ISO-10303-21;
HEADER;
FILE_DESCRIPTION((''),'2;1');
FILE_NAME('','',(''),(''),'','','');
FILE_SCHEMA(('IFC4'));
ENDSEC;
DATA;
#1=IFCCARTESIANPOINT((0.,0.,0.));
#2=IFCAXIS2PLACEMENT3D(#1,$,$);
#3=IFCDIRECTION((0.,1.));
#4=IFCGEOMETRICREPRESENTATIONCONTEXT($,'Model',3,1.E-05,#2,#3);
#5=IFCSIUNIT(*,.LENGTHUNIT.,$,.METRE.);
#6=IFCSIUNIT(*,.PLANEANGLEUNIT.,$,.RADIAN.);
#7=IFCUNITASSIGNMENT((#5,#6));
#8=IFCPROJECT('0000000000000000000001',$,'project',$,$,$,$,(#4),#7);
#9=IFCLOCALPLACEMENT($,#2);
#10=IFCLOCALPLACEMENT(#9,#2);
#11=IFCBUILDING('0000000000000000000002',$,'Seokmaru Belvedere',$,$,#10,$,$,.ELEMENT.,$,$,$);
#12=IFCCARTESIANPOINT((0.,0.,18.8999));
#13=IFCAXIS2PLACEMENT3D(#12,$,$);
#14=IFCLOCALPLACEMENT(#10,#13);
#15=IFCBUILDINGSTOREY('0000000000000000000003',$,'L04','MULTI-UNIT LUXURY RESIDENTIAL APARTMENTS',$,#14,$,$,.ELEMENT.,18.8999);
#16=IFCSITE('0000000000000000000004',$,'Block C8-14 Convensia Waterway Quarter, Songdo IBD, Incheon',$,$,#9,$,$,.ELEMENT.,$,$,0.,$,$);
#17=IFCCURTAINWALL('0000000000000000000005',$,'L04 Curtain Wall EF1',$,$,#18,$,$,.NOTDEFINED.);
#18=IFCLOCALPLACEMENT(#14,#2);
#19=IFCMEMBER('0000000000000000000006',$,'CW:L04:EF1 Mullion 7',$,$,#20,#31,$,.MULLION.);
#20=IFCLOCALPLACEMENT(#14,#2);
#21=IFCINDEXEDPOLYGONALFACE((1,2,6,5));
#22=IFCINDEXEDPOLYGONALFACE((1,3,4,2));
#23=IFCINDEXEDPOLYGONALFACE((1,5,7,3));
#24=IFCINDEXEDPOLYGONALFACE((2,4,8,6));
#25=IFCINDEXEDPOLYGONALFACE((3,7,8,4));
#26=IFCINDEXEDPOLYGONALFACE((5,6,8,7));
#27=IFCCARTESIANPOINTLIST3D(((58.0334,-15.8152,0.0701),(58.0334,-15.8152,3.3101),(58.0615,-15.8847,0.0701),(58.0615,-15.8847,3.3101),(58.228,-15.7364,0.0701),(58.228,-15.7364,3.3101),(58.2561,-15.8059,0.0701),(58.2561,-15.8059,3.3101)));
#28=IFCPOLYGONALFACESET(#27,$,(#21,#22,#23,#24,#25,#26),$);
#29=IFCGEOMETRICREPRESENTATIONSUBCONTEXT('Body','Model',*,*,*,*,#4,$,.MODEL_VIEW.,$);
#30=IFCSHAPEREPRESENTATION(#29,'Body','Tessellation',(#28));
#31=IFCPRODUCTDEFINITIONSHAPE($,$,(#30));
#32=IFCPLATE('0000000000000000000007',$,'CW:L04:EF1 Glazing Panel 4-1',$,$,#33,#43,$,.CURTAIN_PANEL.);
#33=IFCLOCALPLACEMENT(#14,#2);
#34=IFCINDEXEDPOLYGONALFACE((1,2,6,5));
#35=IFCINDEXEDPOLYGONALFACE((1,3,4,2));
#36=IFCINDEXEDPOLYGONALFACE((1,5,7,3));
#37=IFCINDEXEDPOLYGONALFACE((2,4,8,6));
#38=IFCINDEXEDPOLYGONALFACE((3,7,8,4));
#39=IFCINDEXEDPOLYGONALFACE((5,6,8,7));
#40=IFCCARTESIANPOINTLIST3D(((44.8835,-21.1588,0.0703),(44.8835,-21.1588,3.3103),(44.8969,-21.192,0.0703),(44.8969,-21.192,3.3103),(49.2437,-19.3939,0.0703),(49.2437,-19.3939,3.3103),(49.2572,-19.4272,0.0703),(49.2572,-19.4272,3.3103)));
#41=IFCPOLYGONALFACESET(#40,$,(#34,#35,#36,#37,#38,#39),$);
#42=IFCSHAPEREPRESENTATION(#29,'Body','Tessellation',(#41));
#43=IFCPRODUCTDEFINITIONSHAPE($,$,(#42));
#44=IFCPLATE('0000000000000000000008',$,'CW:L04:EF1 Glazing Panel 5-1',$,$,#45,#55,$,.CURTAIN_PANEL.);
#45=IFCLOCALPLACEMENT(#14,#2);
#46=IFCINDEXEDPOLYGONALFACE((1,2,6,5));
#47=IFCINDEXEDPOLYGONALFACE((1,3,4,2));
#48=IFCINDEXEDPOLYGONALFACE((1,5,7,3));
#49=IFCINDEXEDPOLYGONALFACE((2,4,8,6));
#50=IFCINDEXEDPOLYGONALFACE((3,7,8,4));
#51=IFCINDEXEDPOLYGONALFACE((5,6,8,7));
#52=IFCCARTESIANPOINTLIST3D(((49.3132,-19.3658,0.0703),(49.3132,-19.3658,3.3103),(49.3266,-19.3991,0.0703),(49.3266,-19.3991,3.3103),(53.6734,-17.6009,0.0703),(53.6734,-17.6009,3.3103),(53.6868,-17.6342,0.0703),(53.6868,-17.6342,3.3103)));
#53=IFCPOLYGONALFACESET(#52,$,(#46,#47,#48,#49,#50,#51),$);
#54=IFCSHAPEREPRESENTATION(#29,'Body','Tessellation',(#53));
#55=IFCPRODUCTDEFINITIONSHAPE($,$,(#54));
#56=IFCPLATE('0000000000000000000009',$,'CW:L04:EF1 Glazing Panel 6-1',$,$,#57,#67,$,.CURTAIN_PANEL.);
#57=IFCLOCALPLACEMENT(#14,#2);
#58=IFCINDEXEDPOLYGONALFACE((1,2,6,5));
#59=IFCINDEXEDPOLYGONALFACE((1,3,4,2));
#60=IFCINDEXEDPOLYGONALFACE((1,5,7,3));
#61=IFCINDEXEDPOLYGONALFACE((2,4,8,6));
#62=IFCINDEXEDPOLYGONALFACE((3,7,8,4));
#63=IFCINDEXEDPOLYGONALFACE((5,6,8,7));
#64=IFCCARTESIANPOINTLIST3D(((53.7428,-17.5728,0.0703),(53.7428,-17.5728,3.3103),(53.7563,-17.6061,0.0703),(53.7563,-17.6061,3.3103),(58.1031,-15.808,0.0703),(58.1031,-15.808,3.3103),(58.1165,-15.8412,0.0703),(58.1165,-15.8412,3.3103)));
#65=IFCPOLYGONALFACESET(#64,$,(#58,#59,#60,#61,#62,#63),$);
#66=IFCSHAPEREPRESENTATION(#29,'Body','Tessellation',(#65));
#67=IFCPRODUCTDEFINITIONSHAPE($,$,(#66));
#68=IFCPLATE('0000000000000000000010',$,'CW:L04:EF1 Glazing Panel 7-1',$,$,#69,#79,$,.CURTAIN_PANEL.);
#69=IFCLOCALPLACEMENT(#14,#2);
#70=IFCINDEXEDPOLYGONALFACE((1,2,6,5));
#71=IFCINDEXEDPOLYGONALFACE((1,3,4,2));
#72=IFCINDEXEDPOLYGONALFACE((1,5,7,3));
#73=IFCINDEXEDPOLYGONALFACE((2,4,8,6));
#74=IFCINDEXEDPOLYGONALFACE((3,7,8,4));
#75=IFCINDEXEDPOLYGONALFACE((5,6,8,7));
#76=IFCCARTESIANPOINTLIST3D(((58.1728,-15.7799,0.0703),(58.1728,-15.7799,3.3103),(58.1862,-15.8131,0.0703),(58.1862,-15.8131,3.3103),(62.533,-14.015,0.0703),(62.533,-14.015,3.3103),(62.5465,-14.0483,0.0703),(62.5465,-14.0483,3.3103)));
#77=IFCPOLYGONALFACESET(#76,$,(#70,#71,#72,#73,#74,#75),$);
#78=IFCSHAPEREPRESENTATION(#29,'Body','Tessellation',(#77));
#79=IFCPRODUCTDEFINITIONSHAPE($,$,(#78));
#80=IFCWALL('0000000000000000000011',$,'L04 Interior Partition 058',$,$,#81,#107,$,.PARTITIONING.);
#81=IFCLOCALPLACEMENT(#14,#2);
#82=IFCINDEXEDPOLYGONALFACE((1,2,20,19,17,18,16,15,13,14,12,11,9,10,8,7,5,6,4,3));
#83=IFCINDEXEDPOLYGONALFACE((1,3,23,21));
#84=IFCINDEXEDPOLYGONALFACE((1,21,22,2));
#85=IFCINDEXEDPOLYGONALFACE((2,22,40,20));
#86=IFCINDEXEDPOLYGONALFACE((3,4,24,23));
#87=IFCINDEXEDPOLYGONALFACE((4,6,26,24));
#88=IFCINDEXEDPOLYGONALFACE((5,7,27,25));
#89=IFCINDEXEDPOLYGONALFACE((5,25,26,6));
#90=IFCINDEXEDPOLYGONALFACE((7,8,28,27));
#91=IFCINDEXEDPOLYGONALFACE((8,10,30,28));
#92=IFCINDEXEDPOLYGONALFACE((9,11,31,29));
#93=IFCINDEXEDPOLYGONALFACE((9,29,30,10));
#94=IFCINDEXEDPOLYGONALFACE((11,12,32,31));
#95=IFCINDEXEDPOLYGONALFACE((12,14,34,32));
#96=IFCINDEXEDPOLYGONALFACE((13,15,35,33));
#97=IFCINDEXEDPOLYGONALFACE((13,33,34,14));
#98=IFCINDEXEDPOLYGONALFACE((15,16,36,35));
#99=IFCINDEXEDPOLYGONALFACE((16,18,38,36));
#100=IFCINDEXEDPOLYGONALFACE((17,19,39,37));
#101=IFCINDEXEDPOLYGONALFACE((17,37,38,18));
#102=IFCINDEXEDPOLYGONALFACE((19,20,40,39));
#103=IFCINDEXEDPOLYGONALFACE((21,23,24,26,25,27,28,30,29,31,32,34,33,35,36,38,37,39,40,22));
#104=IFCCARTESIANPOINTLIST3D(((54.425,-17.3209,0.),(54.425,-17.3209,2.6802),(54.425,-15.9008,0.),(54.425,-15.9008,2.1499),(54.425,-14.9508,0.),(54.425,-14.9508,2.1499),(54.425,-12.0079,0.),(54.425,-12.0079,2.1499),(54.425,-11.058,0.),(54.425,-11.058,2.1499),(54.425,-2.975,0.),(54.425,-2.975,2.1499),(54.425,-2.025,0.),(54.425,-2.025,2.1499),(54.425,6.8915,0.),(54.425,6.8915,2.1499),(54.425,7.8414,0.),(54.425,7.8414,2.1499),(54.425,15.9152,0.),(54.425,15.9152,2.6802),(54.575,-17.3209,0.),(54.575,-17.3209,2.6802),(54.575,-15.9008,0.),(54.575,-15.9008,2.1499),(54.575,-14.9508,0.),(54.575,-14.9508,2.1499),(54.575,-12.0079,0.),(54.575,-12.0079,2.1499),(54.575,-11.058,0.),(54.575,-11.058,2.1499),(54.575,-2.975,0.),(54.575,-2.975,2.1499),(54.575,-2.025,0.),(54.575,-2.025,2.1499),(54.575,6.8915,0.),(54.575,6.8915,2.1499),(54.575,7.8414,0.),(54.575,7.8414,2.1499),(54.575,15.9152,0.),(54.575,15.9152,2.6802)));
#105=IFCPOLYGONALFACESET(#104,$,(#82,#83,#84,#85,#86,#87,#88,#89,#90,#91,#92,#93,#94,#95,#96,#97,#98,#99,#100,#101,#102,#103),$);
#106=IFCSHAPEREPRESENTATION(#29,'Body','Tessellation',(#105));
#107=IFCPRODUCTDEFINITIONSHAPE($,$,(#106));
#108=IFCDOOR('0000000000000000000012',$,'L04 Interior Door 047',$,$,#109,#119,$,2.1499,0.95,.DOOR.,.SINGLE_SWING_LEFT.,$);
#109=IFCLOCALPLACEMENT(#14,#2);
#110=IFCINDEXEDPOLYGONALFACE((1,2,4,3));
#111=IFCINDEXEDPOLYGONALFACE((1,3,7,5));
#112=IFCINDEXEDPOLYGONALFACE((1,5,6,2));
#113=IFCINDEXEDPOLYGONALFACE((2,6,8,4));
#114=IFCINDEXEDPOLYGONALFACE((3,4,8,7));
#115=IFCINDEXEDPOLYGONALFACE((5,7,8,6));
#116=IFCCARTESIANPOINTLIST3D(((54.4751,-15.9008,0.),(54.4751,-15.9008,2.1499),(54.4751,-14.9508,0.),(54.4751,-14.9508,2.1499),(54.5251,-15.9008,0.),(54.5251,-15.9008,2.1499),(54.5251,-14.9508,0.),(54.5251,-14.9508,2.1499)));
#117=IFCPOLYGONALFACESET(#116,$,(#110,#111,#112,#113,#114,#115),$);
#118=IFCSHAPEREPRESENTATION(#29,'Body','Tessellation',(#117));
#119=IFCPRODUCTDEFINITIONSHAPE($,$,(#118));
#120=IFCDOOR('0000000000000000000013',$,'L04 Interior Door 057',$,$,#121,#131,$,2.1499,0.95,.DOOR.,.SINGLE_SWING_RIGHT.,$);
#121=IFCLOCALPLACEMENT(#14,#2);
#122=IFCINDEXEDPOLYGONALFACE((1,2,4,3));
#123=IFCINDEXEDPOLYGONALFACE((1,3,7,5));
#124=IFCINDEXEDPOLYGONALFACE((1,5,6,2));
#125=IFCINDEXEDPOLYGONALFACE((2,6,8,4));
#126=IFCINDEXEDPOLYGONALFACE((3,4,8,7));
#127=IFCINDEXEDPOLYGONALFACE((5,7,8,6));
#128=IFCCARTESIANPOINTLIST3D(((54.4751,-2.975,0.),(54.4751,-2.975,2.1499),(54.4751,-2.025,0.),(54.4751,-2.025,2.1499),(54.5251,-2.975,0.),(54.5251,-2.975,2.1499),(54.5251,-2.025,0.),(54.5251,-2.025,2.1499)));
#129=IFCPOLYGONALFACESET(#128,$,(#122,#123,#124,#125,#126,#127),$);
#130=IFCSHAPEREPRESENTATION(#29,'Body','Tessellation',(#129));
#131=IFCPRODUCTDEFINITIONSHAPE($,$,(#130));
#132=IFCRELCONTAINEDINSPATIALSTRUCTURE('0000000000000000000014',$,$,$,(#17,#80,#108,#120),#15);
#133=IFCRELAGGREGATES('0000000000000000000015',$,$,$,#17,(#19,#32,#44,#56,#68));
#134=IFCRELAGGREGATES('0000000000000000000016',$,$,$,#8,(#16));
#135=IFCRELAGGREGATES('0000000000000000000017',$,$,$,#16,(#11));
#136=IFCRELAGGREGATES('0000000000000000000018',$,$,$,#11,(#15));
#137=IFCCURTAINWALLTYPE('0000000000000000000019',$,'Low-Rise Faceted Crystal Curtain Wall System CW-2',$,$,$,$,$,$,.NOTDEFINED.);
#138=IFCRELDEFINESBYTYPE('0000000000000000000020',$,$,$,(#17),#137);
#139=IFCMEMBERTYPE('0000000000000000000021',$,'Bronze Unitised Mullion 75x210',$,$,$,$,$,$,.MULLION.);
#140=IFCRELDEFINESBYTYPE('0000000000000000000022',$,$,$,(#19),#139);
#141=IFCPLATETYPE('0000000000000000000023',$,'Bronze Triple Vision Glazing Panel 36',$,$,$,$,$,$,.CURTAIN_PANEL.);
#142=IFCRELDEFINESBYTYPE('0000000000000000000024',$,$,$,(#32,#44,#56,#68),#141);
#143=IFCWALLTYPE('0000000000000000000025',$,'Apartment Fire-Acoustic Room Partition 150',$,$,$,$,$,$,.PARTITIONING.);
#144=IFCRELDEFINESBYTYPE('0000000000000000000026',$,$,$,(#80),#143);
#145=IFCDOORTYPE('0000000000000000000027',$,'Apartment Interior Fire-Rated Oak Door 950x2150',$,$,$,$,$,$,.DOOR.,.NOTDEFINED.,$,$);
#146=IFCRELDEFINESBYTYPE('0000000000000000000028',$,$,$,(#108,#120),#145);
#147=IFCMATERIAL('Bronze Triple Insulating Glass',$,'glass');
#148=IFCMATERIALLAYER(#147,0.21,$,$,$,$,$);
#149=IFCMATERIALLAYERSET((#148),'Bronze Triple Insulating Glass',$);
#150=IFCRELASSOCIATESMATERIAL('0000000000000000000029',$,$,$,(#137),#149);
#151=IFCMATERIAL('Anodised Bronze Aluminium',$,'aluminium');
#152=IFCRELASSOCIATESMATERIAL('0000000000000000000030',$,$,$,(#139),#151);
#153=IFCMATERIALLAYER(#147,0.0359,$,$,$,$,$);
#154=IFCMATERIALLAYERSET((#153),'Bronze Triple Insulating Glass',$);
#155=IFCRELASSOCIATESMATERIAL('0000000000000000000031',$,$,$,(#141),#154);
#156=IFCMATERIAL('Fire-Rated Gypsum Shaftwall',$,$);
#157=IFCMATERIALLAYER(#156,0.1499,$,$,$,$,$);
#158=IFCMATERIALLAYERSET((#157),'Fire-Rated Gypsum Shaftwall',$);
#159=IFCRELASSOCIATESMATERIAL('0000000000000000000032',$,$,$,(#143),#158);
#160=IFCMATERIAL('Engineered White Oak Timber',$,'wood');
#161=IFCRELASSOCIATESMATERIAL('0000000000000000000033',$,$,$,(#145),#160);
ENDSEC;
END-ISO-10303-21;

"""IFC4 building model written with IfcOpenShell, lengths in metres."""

from ifc_helpers import new_model, si_unit, direction, frame, frame_2d, origin, origin_2d, place, context, subcontext, project, spatial, rectangle, extrude, source, transform, mapped, material, layer, layer_set, material_profile, profile_set, type_object, type_shapes, element, fill, aggregate, save


model = new_model("IFC4")

# Units and contexts
model_context = context("Model", 3, precision=1e-05, world=origin(), true_north=direction((0.0, 1.0)))
body_context = subcontext(model_context, "Body", "Model", "MODEL_VIEW")
ifc_project = project(units=[si_unit("LENGTHUNIT", "METRE"), si_unit("PLANEANGLEUNIT", "RADIAN")], contexts=[model_context])

# Site, building, storey
site_placement = place(None, origin())
site = spatial("IfcSite", under=ifc_project, at=site_placement, Name="Block C8-14 Convensia Waterway Quarter, Songdo IBD, Incheon", CompositionType="ELEMENT", RefElevation=0.0)
building_placement = place(site_placement, origin())
building = spatial("IfcBuilding", under=site, at=building_placement, Name="Seokmaru Belvedere", CompositionType="ELEMENT")
storey_placement = place(building_placement, frame((0.0, 0.0, 18.8999)))
storey = spatial("IfcBuildingStorey", under=building, at=storey_placement, Name="L04", Description="MULTI-UNIT LUXURY RESIDENTIAL APARTMENTS", CompositionType="ELEMENT", Elevation=18.8999)

# Curtain wall, member, plates
ifc_material_1 = material(Name="Bronze Triple Insulating Glass", Category="glass")
ifc_layer_1 = layer(ifc_material_1, 0.21)
ifc_layer_set_1 = layer_set([ifc_layer_1], Name="Bronze Triple Insulating Glass")
curtain_wall_type = type_object("IfcCurtainWallType", Name="Low-Rise Faceted Crystal Curtain Wall System CW-2", PredefinedType="NOTDEFINED", material=ifc_layer_set_1)
curtain_wall_placement = place(storey_placement, origin())
curtain_wall = element("IfcCurtainWall", 1, at=curtain_wall_placement, inside=storey, type_object=curtain_wall_type, Name="L04 Curtain Wall EF1", PredefinedType="NOTDEFINED")
ifc_material_2 = material(Name="Anodised Bronze Aluminium", Category="aluminium")
ifc_material_profile_1 = material_profile(ifc_material_2, rectangle(XDim=0.075, YDim=0.21, at=origin_2d()), Name="CW-M-75x210")
ifc_profile_set_1 = profile_set([ifc_material_profile_1], Name="Anodised Bronze Aluminium")
member_type = type_object("IfcMemberType", Name="Bronze Unitised Mullion 75x210", PredefinedType="MULLION", material=ifc_profile_set_1)
shared_shape_1 = source(origin(), body_context, "Body", "SweptSolid", [
    extrude(rectangle(XDim=0.075, YDim=0.21, at=origin_2d()), origin(), (0.0, 0.0, 1.0), 3.24),
])
type_shapes(member_type, [shared_shape_1])
member_1_placement = place(storey_placement, frame((58.1448, -15.8105, 0.0701), z_axis=(0.0, 0.0, 1.0), x_axis=(-0.375192, 0.926947, 0.0)))
member_1 = element("IfcMember", 2, at=member_1_placement, type_object=member_type, Name="CW:L04:EF1 Mullion 7", PredefinedType="MULLION", context=body_context, shape_type="MappedRepresentation", body=[
    mapped(shared_shape_1, transform((0.0, 0.0, 0.0), scale=1.0)),
])
ifc_layer_2 = layer(ifc_material_1, 0.0359)
ifc_layer_set_2 = layer_set([ifc_layer_2], Name="Bronze Triple Insulating Glass")
plate_type = type_object("IfcPlateType", Name="Bronze Triple Vision Glazing Panel 36", PredefinedType="CURTAIN_PANEL", material=ifc_layer_set_2)
shared_shape_2 = source(origin(), body_context, "Body", "SweptSolid", [
    extrude(rectangle(XDim=4.7039, YDim=0.0359, at=origin_2d()), origin(), (0.0, 0.0, 1.0), 3.24),
])
type_shapes(plate_type, [shared_shape_2])
plate_1_placement = place(storey_placement, frame((47.0703, -20.293, 0.0703), z_axis=(0.0, 0.0, 1.0), x_axis=(0.926947, 0.375192, 0.0)))
plate_1 = element("IfcPlate", 3, at=plate_1_placement, type_object=plate_type, Name="CW:L04:EF1 Glazing Panel 4-1", PredefinedType="CURTAIN_PANEL", context=body_context, shape_type="MappedRepresentation", body=[
    mapped(shared_shape_2, transform((0.0, 0.0, 0.0), scale=1.0)),
])
plate_2_placement = place(storey_placement, frame((51.5, -18.5, 0.0703), z_axis=(0.0, 0.0, 1.0), x_axis=(0.926947, 0.375192, 0.0)))
plate_2 = element("IfcPlate", 4, at=plate_2_placement, type_object=plate_type, Name="CW:L04:EF1 Glazing Panel 5-1", PredefinedType="CURTAIN_PANEL", context=body_context, shape_type="MappedRepresentation", body=[
    mapped(shared_shape_2, transform((0.0, 0.0, 0.0), scale=1.0)),
])
plate_3_placement = place(storey_placement, frame((55.9297, -16.707, 0.0703), z_axis=(0.0, 0.0, 1.0), x_axis=(0.926947, 0.375192, 0.0)))
plate_3 = element("IfcPlate", 5, at=plate_3_placement, type_object=plate_type, Name="CW:L04:EF1 Glazing Panel 6-1", PredefinedType="CURTAIN_PANEL", context=body_context, shape_type="MappedRepresentation", body=[
    mapped(shared_shape_2, transform((0.0, 0.0, 0.0), scale=1.0)),
])
plate_4_placement = place(storey_placement, frame((60.3596, -14.9141, 0.0703), z_axis=(0.0, 0.0, 1.0), x_axis=(0.926947, 0.375192, 0.0)))
plate_4 = element("IfcPlate", 6, at=plate_4_placement, type_object=plate_type, Name="CW:L04:EF1 Glazing Panel 7-1", PredefinedType="CURTAIN_PANEL", context=body_context, shape_type="MappedRepresentation", body=[
    mapped(shared_shape_2, transform((0.0, 0.0, 0.0), scale=1.0)),
])
aggregate(curtain_wall, [member_1, plate_1, plate_2, plate_3, plate_4])

# Wall, openings, doors
ifc_material_3 = material(Name="Fire-Rated Gypsum Shaftwall")
ifc_layer_3 = layer(ifc_material_3, 0.1499)
ifc_layer_set_3 = layer_set([ifc_layer_3], Name="Fire-Rated Gypsum Shaftwall")
wall_type = type_object("IfcWallType", Name="Apartment Fire-Acoustic Room Partition 150", PredefinedType="PARTITIONING", material=ifc_layer_set_3)
wall_1_placement = place(storey_placement, frame((54.5, -17.321, 0.0), z_axis=(0.0, 0.0, 1.0), x_axis=(0.0, 1.0, 0.0)))
wall_1 = element("IfcWall", 7, at=wall_1_placement, inside=storey, type_object=wall_type, Name="L04 Interior Partition 058", PredefinedType="PARTITIONING", context=body_context, shape_type="SweptSolid", body=[
    extrude(rectangle(XDim=33.2361, YDim=0.1499, at=frame_2d((16.6182, 0.0))), origin(), (0.0, 0.0, 1.0), 2.6802),
])
opening_1_placement = place(wall_1_placement, frame((1.4202, 0.0, 0.0)))
opening_1 = element("IfcOpeningElement", 8, at=opening_1_placement, cuts=wall_1, PredefinedType="OPENING", context=body_context, shape_type="SweptSolid", body=[
    extrude(rectangle(XDim=0.95, YDim=2.1499, at=frame_2d((0.4751, 1.075))), frame((0.0, 0.085, 0.0), z_axis=(0.0, -1.0, 0.0), x_axis=(1.0, 0.0, 0.0)), (0.0, 0.0, 1.0), 0.1699),
])
opening_2_placement = place(wall_1_placement, frame((5.313, 0.0, 0.0)))
element("IfcOpeningElement", 9, at=opening_2_placement, cuts=wall_1, PredefinedType="OPENING", context=body_context, shape_type="SweptSolid", body=[
    extrude(rectangle(XDim=0.95, YDim=2.1499, at=frame_2d((0.4751, 1.075))), frame((0.0, 0.085, 0.0), z_axis=(0.0, -1.0, 0.0), x_axis=(1.0, 0.0, 0.0)), (0.0, 0.0, 1.0), 0.1699),
])
opening_3_placement = place(wall_1_placement, frame((14.3459, 0.0, 0.0)))
opening_3 = element("IfcOpeningElement", 10, at=opening_3_placement, cuts=wall_1, PredefinedType="OPENING", context=body_context, shape_type="SweptSolid", body=[
    extrude(rectangle(XDim=0.95, YDim=2.1499, at=frame_2d((0.4751, 1.075))), frame((0.0, 0.085, 0.0), z_axis=(0.0, -1.0, 0.0), x_axis=(1.0, 0.0, 0.0)), (0.0, 0.0, 1.0), 0.1699),
])
opening_4_placement = place(wall_1_placement, frame((24.2124, 0.0, 0.0)))
element("IfcOpeningElement", 11, at=opening_4_placement, cuts=wall_1, PredefinedType="OPENING", context=body_context, shape_type="SweptSolid", body=[
    extrude(rectangle(XDim=0.95, YDim=2.1499, at=frame_2d((0.4751, 1.075))), frame((0.0, 0.085, 0.0), z_axis=(0.0, -1.0, 0.0), x_axis=(1.0, 0.0, 0.0)), (0.0, 0.0, 1.0), 0.1699),
])
ifc_material_4 = material(Name="Engineered White Oak Timber", Category="wood")
door_type = type_object("IfcDoorType", Name="Apartment Interior Fire-Rated Oak Door 950x2150", OperationType="NOTDEFINED", PredefinedType="DOOR", material=ifc_material_4)
shared_shape_3 = source(origin(), body_context, "Body", "SweptSolid", [
    extrude(rectangle(XDim=0.95, YDim=2.1499, at=frame_2d((0.4751, 1.075))), frame((0.0, 0.0249, 0.0), z_axis=(0.0, -1.0, 0.0), x_axis=(1.0, 0.0, 0.0)), (0.0, 0.0, 1.0), 0.05),
])
type_shapes(door_type, [shared_shape_3])
door_1_placement = place(opening_1_placement, origin())
door_1 = element("IfcDoor", 12, at=door_1_placement, inside=storey, type_object=door_type, Name="L04 Interior Door 047", OperationType="SINGLE_SWING_LEFT", OverallHeight=2.1499, OverallWidth=0.95, PredefinedType="DOOR", context=body_context, shape_type="MappedRepresentation", body=[
    mapped(shared_shape_3, transform((0.0, 0.0, 0.0), scale=1.0)),
])
fill(opening_1, door_1)
door_2_placement = place(opening_3_placement, origin())
door_2 = element("IfcDoor", 13, at=door_2_placement, inside=storey, type_object=door_type, Name="L04 Interior Door 057", OperationType="SINGLE_SWING_RIGHT", OverallHeight=2.1499, OverallWidth=0.95, PredefinedType="DOOR", context=body_context, shape_type="MappedRepresentation", body=[
    mapped(shared_shape_3, transform((0.0, 0.0, 0.0), scale=1.0)),
])
fill(opening_3, door_2)

save(model, "model.ifc")
